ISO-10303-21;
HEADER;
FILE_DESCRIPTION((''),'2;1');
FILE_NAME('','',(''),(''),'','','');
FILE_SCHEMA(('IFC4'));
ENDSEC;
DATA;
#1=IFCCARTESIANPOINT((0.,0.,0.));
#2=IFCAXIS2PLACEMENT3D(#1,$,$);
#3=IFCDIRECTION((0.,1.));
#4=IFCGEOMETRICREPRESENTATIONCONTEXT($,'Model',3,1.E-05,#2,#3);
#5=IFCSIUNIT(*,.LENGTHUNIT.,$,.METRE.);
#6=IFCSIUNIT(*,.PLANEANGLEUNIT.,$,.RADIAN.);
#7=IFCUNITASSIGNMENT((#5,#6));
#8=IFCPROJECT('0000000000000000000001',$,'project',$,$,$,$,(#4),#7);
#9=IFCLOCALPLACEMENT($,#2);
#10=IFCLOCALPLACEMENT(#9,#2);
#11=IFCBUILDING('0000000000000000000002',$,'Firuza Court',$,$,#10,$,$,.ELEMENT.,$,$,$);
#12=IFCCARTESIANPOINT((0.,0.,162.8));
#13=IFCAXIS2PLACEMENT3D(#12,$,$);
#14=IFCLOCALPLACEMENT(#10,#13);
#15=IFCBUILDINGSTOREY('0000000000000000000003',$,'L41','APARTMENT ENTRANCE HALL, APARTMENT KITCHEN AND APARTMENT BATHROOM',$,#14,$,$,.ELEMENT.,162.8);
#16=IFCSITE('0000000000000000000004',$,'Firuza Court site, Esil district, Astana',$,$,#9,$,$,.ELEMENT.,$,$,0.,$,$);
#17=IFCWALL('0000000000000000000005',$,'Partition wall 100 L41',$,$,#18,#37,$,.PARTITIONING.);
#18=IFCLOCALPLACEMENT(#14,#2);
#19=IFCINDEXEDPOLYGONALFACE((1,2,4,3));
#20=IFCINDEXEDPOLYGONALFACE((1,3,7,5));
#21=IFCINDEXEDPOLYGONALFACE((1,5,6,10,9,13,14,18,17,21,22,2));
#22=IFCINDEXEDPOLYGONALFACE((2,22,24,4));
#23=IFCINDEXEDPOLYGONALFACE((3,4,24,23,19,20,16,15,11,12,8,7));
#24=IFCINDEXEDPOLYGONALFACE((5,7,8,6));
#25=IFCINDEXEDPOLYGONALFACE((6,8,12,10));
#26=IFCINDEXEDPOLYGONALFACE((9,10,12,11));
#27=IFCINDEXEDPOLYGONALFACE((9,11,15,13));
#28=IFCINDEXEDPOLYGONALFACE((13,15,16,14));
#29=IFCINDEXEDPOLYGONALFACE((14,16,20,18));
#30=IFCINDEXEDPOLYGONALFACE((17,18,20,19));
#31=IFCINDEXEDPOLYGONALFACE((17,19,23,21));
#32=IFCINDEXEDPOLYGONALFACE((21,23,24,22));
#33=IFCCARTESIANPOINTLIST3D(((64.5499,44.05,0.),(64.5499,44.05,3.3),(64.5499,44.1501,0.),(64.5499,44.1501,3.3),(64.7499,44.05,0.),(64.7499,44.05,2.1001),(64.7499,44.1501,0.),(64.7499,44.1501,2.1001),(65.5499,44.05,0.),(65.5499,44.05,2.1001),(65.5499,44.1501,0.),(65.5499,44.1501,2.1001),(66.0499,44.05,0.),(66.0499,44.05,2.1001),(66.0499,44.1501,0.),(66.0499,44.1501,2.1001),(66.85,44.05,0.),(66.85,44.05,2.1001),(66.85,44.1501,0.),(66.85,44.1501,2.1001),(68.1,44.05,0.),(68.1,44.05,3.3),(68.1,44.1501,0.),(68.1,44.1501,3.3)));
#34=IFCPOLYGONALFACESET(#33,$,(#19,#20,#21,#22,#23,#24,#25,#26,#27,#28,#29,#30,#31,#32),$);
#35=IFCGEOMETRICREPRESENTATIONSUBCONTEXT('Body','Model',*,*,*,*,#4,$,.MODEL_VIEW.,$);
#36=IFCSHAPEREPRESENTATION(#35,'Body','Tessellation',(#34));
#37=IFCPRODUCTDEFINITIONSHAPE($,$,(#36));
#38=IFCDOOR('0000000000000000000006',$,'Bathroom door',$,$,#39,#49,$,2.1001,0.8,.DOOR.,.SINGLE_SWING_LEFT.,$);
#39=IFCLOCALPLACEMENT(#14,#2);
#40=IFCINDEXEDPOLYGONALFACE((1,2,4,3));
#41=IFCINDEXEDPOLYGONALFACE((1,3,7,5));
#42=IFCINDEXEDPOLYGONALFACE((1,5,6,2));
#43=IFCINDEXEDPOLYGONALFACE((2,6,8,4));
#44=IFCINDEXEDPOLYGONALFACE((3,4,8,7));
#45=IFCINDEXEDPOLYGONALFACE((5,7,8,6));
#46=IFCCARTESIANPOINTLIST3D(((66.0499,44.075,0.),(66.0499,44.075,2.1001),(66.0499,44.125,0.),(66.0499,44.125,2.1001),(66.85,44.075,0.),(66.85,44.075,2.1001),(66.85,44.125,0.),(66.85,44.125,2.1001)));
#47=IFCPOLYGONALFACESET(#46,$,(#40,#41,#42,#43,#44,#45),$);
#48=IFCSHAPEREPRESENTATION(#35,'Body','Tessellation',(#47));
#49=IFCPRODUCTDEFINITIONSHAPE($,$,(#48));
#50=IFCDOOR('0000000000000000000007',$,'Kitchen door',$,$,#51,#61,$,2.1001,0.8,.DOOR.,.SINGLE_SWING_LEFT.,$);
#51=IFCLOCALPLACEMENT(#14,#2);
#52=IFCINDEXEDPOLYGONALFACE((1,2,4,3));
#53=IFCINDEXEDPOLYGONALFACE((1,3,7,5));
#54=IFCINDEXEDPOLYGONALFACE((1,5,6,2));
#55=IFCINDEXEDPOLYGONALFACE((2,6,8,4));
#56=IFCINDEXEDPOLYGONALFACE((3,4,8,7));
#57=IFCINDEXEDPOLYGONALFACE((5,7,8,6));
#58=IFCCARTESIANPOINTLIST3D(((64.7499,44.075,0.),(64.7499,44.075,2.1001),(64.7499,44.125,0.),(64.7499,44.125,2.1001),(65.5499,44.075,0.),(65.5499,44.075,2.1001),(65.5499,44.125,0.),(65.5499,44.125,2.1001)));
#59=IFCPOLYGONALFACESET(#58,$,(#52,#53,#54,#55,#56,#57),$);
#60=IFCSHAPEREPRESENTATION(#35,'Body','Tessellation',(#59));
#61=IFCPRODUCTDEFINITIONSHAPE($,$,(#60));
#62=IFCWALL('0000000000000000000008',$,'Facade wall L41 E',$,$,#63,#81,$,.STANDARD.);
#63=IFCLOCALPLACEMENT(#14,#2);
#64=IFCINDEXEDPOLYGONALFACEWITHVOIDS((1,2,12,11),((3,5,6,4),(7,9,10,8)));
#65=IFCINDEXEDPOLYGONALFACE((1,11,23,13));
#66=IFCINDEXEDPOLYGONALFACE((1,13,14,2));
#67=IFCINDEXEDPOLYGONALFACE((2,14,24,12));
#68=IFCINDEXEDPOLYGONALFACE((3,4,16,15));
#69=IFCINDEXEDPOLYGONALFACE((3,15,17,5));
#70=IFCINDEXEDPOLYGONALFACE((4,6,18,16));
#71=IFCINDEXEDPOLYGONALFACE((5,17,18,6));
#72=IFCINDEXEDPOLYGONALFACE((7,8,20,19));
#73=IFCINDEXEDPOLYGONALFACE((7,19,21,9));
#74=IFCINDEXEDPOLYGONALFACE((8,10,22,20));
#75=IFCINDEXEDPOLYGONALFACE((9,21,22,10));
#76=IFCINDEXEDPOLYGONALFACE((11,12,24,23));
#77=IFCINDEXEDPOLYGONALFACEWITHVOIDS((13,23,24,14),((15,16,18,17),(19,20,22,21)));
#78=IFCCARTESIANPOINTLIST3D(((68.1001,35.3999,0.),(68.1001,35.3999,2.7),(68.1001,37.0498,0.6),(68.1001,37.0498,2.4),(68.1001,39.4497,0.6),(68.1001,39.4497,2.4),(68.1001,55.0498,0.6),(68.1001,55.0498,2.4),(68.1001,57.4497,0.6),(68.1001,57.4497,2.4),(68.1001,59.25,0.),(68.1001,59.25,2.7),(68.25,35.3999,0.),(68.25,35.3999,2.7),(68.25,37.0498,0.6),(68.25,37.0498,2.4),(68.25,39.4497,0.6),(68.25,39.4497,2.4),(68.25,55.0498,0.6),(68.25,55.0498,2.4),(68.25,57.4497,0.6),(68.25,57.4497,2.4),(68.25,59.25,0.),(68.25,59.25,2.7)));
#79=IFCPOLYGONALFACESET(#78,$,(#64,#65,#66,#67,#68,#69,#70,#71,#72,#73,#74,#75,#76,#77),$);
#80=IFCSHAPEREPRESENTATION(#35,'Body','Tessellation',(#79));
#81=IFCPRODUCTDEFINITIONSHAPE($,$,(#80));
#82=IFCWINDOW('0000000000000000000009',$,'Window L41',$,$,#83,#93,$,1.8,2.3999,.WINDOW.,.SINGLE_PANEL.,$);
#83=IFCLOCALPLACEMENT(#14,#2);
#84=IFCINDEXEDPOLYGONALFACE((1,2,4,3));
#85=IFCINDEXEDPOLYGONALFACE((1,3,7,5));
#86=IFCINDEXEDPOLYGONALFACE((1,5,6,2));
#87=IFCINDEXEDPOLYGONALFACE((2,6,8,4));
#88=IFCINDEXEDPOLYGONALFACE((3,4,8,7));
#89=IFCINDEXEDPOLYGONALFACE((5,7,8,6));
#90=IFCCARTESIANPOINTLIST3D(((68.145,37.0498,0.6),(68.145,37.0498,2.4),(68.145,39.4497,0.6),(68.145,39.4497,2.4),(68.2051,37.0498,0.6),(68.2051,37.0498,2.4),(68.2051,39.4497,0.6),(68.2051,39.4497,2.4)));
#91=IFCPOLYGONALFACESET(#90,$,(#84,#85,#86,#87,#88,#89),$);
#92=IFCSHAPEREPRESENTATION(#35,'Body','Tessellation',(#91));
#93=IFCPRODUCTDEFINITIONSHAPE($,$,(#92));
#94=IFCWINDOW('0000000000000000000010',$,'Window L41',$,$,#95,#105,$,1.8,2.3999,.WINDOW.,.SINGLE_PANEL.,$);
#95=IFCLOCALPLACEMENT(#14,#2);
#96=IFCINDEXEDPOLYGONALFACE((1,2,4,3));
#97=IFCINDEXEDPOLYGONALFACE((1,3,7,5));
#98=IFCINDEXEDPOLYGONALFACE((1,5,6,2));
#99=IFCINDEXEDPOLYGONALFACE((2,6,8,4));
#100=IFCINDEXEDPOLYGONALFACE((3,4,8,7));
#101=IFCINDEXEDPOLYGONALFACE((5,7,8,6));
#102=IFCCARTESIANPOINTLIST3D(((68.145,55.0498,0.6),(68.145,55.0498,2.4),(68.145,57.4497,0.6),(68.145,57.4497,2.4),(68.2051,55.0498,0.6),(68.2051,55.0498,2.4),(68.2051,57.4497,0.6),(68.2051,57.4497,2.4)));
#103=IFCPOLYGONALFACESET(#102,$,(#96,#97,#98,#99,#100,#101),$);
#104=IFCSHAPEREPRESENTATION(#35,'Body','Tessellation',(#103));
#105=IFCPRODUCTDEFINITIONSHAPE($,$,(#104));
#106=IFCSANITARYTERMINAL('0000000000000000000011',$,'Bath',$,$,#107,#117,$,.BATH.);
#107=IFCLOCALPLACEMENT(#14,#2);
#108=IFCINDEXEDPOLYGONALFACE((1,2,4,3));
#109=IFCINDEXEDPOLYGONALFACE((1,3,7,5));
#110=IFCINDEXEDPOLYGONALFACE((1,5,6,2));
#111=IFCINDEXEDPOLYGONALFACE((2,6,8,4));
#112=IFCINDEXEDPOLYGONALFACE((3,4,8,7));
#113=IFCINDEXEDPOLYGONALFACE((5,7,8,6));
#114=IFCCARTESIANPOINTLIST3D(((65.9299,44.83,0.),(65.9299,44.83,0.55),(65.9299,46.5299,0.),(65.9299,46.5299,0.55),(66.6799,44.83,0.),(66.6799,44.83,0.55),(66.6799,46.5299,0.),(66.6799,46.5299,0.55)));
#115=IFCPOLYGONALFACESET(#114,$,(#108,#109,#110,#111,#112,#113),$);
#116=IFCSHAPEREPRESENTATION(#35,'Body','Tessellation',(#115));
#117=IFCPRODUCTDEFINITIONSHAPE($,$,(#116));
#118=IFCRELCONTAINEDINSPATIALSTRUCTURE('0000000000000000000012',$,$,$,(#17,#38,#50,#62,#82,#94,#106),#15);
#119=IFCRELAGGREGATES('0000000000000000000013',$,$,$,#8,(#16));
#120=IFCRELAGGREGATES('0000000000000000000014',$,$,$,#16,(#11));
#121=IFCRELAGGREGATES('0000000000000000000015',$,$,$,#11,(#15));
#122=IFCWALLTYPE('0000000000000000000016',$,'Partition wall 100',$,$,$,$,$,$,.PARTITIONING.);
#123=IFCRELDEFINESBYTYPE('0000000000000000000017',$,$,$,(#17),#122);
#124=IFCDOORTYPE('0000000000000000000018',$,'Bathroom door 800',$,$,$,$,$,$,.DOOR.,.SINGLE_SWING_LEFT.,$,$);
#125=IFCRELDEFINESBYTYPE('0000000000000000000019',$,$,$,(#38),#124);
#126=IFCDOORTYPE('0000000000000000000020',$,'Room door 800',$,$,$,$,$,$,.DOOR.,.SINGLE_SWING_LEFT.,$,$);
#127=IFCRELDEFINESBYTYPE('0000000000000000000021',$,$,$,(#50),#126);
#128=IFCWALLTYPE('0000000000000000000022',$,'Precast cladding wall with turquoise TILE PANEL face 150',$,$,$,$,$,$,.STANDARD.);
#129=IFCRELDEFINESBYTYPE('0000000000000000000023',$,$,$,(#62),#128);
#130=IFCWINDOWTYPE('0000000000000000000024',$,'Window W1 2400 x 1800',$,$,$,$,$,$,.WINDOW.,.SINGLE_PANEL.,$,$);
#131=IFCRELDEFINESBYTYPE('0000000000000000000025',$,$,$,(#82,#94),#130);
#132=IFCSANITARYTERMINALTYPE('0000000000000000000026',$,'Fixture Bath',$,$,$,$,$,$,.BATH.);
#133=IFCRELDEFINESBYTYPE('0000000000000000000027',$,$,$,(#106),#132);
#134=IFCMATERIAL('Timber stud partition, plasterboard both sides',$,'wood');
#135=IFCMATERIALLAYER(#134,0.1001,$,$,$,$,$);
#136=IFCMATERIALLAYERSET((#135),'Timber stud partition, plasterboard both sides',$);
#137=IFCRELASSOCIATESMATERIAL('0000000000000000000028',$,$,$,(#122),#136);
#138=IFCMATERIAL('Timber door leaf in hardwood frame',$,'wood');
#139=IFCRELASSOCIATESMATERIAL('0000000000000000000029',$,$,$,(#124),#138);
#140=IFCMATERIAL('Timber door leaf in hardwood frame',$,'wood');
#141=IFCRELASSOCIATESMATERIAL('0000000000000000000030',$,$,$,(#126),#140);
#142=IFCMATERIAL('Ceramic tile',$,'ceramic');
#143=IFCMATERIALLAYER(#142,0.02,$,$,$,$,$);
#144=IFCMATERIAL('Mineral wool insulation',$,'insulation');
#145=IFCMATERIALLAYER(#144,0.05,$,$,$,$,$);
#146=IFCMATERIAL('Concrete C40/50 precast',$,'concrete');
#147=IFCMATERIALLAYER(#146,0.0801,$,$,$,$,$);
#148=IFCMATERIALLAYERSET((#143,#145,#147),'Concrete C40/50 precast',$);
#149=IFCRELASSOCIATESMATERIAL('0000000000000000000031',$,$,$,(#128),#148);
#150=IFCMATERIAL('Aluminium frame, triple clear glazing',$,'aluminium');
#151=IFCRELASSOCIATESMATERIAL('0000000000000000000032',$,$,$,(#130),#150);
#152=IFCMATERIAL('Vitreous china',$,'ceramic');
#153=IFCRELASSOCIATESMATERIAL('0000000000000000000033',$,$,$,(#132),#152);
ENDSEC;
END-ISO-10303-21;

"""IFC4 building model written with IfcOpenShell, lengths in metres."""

from ifc_helpers import new_model, si_unit, direction, frame, frame_2d, origin, origin_2d, place, context, subcontext, project, spatial, rectangle, extrude, material, layer, layer_set, type_object, element, fill, save


model = new_model("IFC4")

# Units and contexts
model_context = context("Model", 3, precision=1e-05, world=origin(), true_north=direction((0.0, 1.0)))
body_context = subcontext(model_context, "Body", "Model", "MODEL_VIEW")
ifc_project = project(units=[si_unit("LENGTHUNIT", "METRE"), si_unit("PLANEANGLEUNIT", "RADIAN")], contexts=[model_context])

# Site, building, storey
site_placement = place(None, origin())
site = spatial("IfcSite", under=ifc_project, at=site_placement, Name="Firuza Court site, Esil district, Astana", CompositionType="ELEMENT", RefElevation=0.0)
building_placement = place(site_placement, origin())
building = spatial("IfcBuilding", under=site, at=building_placement, Name="Firuza Court", CompositionType="ELEMENT")
storey_placement = place(building_placement, frame((0.0, 0.0, 162.8)))
storey = spatial("IfcBuildingStorey", under=building, at=storey_placement, Name="L41", Description="APARTMENT ENTRANCE HALL, APARTMENT KITCHEN AND APARTMENT BATHROOM", CompositionType="ELEMENT", Elevation=162.8)

# Shared definitions
ifc_material_1 = material(Name="Timber stud partition, plasterboard both sides", Category="wood")
ifc_layer_1 = layer(ifc_material_1, 0.1001)
ifc_layer_set_1 = layer_set([ifc_layer_1], Name="Timber stud partition, plasterboard both sides")
wall_type_1 = type_object("IfcWallType", Name="Partition wall 100", PredefinedType="PARTITIONING", material=ifc_layer_set_1)

# Wall, openings, doors
wall_1_placement = place(storey_placement, frame((64.55, 44.1001, 0.0), z_axis=(0.0, 0.0, 1.0), x_axis=(1.0, 0.0, 0.0)))
wall_1 = element("IfcWall", 1, at=wall_1_placement, inside=storey, type_object=wall_type_1, Name="Partition wall 100 L41", PredefinedType="PARTITIONING", context=body_context, shape_type="SweptSolid", body=[
    extrude(rectangle(XDim=3.55, YDim=0.1001, at=frame_2d((1.7749, 0.0))), origin(), (0.0, 0.0, 1.0), 3.3),
])
opening_1_placement = place(wall_1_placement, frame((1.5, 0.0, 0.0)))
opening_1 = element("IfcOpeningElement", 2, at=opening_1_placement, cuts=wall_1, PredefinedType="OPENING", context=body_context, shape_type="SweptSolid", body=[
    extrude(rectangle(XDim=0.8, YDim=2.1001, at=frame_2d((0.3999, 1.05))), frame((0.0, 0.062, 0.0), z_axis=(0.0, -1.0, 0.0), x_axis=(1.0, 0.0, 0.0)), (0.0, 0.0, 1.0), 0.124),
])
opening_2_placement = place(wall_1_placement, frame((0.2, 0.0, 0.0)))
opening_2 = element("IfcOpeningElement", 3, at=opening_2_placement, cuts=wall_1, PredefinedType="OPENING", context=body_context, shape_type="SweptSolid", body=[
    extrude(rectangle(XDim=0.8, YDim=2.1001, at=frame_2d((0.3999, 1.05))), frame((0.0, 0.062, 0.0), z_axis=(0.0, -1.0, 0.0), x_axis=(1.0, 0.0, 0.0)), (0.0, 0.0, 1.0), 0.124),
])
ifc_material_2 = material(Name="Timber door leaf in hardwood frame", Category="wood")
door_type_1 = type_object("IfcDoorType", Name="Bathroom door 800", OperationType="SINGLE_SWING_LEFT", PredefinedType="DOOR", material=ifc_material_2)
door_1_placement = place(opening_1_placement, origin())
door_1 = element("IfcDoor", 4, at=door_1_placement, inside=storey, type_object=door_type_1, Name="Bathroom door", OperationType="SINGLE_SWING_LEFT", OverallHeight=2.1001, OverallWidth=0.8, PredefinedType="DOOR", context=body_context, shape_type="SweptSolid", body=[
    extrude(rectangle(XDim=0.8, YDim=2.1001, at=frame_2d((0.3999, 1.05))), frame((0.0, 0.0249, 0.0), z_axis=(0.0, -1.0, 0.0), x_axis=(1.0, 0.0, 0.0)), (0.0, 0.0, 1.0), 0.05),
])
fill(opening_1, door_1)
ifc_material_3 = material(Name="Timber door leaf in hardwood frame", Category="wood")
door_type_2 = type_object("IfcDoorType", Name="Room door 800", OperationType="SINGLE_SWING_LEFT", PredefinedType="DOOR", material=ifc_material_3)
door_2_placement = place(opening_2_placement, origin())
door_2 = element("IfcDoor", 5, at=door_2_placement, inside=storey, type_object=door_type_2, Name="Kitchen door", OperationType="SINGLE_SWING_LEFT", OverallHeight=2.1001, OverallWidth=0.8, PredefinedType="DOOR", context=body_context, shape_type="SweptSolid", body=[
    extrude(rectangle(XDim=0.8, YDim=2.1001, at=frame_2d((0.3999, 1.05))), frame((0.0, 0.0249, 0.0), z_axis=(0.0, -1.0, 0.0), x_axis=(1.0, 0.0, 0.0)), (0.0, 0.0, 1.0), 0.05),
])
fill(opening_2, door_2)

# Wall, openings, windows
ifc_material_4 = material(Name="Ceramic tile", Category="ceramic")
ifc_layer_2 = layer(ifc_material_4, 0.02)
ifc_material_5 = material(Name="Mineral wool insulation", Category="insulation")
ifc_layer_3 = layer(ifc_material_5, 0.05)
ifc_material_6 = material(Name="Concrete C40/50 precast", Category="concrete")
ifc_layer_4 = layer(ifc_material_6, 0.0801)
ifc_layer_set_2 = layer_set([ifc_layer_2, ifc_layer_3, ifc_layer_4], Name="Concrete C40/50 precast")
wall_type_2 = type_object("IfcWallType", Name="Precast cladding wall with turquoise TILE PANEL face 150", PredefinedType="STANDARD", material=ifc_layer_set_2)
wall_2_placement = place(storey_placement, frame((68.175, 35.3999, 0.0), z_axis=(0.0, 0.0, 1.0), x_axis=(0.0, 1.0, 0.0)))
wall_2 = element("IfcWall", 6, at=wall_2_placement, inside=storey, type_object=wall_type_2, Name="Facade wall L41 E", PredefinedType="STANDARD", context=body_context, shape_type="SweptSolid", body=[
    extrude(rectangle(XDim=23.8501, YDim=0.1499, at=frame_2d((11.925, 0.0))), origin(), (0.0, 0.0, 1.0), 2.7),
])
opening_3_placement = place(wall_2_placement, frame((1.6499, 0.0, 0.6001)))
opening_3 = element("IfcOpeningElement", 7, at=opening_3_placement, cuts=wall_2, PredefinedType="OPENING", context=body_context, shape_type="SweptSolid", body=[
    extrude(rectangle(XDim=2.3999, YDim=1.8, at=frame_2d((1.2, 0.8999))), frame((0.0, 0.0869, 0.0), z_axis=(0.0, -1.0, 0.0), x_axis=(1.0, 0.0, 0.0)), (0.0, 0.0, 1.0), 0.1738),
])
opening_4_placement = place(wall_2_placement, frame((19.6499, 0.0, 0.6001)))
opening_4 = element("IfcOpeningElement", 8, at=opening_4_placement, cuts=wall_2, PredefinedType="OPENING", context=body_context, shape_type="SweptSolid", body=[
    extrude(rectangle(XDim=2.3999, YDim=1.8, at=frame_2d((1.2, 0.8999))), frame((0.0, 0.0869, 0.0), z_axis=(0.0, -1.0, 0.0), x_axis=(1.0, 0.0, 0.0)), (0.0, 0.0, 1.0), 0.1738),
])
ifc_material_7 = material(Name="Aluminium frame, triple clear glazing", Category="aluminium")
window_type = type_object("IfcWindowType", Name="Window W1 2400 x 1800", PartitioningType="SINGLE_PANEL", PredefinedType="WINDOW", material=ifc_material_7)
window_1_placement = place(opening_3_placement, origin())
window_1 = element("IfcWindow", 9, at=window_1_placement, inside=storey, type_object=window_type, Name="Window L41", OverallHeight=1.8, OverallWidth=2.3999, PartitioningType="SINGLE_PANEL", PredefinedType="WINDOW", context=body_context, shape_type="SweptSolid", body=[
    extrude(rectangle(XDim=2.3999, YDim=1.8, at=frame_2d((1.2, 0.8999))), frame((0.0, 0.03, 0.0), z_axis=(0.0, -1.0, 0.0), x_axis=(1.0, 0.0, 0.0)), (0.0, 0.0, 1.0), 0.0601),
])
fill(opening_3, window_1)
window_2_placement = place(opening_4_placement, origin())
window_2 = element("IfcWindow", 10, at=window_2_placement, inside=storey, type_object=window_type, Name="Window L41", OverallHeight=1.8, OverallWidth=2.3999, PartitioningType="SINGLE_PANEL", PredefinedType="WINDOW", context=body_context, shape_type="SweptSolid", body=[
    extrude(rectangle(XDim=2.3999, YDim=1.8, at=frame_2d((1.2, 0.8999))), frame((0.0, 0.03, 0.0), z_axis=(0.0, -1.0, 0.0), x_axis=(1.0, 0.0, 0.0)), (0.0, 0.0, 1.0), 0.0601),
])
fill(opening_4, window_2)

# Sanitary terminal
ifc_material_8 = material(Name="Vitreous china", Category="ceramic")
sanitary_terminal_type = type_object("IfcSanitaryTerminalType", Name="Fixture Bath", PredefinedType="BATH", material=ifc_material_8)
sanitary_terminal_placement = place(storey_placement, frame((66.3049, 45.6799, 0.0), z_axis=(0.0, 0.0, 1.0), x_axis=(1.0, 0.0, 0.0)))
element("IfcSanitaryTerminal", 11, at=sanitary_terminal_placement, inside=storey, type_object=sanitary_terminal_type, Name="Bath", PredefinedType="BATH", context=body_context, shape_type="SweptSolid", body=[
    extrude(rectangle(XDim=0.75, YDim=1.7, at=origin_2d()), origin(), (0.0, 0.0, 1.0), 0.55),
])

save(model, "model.ifc")
